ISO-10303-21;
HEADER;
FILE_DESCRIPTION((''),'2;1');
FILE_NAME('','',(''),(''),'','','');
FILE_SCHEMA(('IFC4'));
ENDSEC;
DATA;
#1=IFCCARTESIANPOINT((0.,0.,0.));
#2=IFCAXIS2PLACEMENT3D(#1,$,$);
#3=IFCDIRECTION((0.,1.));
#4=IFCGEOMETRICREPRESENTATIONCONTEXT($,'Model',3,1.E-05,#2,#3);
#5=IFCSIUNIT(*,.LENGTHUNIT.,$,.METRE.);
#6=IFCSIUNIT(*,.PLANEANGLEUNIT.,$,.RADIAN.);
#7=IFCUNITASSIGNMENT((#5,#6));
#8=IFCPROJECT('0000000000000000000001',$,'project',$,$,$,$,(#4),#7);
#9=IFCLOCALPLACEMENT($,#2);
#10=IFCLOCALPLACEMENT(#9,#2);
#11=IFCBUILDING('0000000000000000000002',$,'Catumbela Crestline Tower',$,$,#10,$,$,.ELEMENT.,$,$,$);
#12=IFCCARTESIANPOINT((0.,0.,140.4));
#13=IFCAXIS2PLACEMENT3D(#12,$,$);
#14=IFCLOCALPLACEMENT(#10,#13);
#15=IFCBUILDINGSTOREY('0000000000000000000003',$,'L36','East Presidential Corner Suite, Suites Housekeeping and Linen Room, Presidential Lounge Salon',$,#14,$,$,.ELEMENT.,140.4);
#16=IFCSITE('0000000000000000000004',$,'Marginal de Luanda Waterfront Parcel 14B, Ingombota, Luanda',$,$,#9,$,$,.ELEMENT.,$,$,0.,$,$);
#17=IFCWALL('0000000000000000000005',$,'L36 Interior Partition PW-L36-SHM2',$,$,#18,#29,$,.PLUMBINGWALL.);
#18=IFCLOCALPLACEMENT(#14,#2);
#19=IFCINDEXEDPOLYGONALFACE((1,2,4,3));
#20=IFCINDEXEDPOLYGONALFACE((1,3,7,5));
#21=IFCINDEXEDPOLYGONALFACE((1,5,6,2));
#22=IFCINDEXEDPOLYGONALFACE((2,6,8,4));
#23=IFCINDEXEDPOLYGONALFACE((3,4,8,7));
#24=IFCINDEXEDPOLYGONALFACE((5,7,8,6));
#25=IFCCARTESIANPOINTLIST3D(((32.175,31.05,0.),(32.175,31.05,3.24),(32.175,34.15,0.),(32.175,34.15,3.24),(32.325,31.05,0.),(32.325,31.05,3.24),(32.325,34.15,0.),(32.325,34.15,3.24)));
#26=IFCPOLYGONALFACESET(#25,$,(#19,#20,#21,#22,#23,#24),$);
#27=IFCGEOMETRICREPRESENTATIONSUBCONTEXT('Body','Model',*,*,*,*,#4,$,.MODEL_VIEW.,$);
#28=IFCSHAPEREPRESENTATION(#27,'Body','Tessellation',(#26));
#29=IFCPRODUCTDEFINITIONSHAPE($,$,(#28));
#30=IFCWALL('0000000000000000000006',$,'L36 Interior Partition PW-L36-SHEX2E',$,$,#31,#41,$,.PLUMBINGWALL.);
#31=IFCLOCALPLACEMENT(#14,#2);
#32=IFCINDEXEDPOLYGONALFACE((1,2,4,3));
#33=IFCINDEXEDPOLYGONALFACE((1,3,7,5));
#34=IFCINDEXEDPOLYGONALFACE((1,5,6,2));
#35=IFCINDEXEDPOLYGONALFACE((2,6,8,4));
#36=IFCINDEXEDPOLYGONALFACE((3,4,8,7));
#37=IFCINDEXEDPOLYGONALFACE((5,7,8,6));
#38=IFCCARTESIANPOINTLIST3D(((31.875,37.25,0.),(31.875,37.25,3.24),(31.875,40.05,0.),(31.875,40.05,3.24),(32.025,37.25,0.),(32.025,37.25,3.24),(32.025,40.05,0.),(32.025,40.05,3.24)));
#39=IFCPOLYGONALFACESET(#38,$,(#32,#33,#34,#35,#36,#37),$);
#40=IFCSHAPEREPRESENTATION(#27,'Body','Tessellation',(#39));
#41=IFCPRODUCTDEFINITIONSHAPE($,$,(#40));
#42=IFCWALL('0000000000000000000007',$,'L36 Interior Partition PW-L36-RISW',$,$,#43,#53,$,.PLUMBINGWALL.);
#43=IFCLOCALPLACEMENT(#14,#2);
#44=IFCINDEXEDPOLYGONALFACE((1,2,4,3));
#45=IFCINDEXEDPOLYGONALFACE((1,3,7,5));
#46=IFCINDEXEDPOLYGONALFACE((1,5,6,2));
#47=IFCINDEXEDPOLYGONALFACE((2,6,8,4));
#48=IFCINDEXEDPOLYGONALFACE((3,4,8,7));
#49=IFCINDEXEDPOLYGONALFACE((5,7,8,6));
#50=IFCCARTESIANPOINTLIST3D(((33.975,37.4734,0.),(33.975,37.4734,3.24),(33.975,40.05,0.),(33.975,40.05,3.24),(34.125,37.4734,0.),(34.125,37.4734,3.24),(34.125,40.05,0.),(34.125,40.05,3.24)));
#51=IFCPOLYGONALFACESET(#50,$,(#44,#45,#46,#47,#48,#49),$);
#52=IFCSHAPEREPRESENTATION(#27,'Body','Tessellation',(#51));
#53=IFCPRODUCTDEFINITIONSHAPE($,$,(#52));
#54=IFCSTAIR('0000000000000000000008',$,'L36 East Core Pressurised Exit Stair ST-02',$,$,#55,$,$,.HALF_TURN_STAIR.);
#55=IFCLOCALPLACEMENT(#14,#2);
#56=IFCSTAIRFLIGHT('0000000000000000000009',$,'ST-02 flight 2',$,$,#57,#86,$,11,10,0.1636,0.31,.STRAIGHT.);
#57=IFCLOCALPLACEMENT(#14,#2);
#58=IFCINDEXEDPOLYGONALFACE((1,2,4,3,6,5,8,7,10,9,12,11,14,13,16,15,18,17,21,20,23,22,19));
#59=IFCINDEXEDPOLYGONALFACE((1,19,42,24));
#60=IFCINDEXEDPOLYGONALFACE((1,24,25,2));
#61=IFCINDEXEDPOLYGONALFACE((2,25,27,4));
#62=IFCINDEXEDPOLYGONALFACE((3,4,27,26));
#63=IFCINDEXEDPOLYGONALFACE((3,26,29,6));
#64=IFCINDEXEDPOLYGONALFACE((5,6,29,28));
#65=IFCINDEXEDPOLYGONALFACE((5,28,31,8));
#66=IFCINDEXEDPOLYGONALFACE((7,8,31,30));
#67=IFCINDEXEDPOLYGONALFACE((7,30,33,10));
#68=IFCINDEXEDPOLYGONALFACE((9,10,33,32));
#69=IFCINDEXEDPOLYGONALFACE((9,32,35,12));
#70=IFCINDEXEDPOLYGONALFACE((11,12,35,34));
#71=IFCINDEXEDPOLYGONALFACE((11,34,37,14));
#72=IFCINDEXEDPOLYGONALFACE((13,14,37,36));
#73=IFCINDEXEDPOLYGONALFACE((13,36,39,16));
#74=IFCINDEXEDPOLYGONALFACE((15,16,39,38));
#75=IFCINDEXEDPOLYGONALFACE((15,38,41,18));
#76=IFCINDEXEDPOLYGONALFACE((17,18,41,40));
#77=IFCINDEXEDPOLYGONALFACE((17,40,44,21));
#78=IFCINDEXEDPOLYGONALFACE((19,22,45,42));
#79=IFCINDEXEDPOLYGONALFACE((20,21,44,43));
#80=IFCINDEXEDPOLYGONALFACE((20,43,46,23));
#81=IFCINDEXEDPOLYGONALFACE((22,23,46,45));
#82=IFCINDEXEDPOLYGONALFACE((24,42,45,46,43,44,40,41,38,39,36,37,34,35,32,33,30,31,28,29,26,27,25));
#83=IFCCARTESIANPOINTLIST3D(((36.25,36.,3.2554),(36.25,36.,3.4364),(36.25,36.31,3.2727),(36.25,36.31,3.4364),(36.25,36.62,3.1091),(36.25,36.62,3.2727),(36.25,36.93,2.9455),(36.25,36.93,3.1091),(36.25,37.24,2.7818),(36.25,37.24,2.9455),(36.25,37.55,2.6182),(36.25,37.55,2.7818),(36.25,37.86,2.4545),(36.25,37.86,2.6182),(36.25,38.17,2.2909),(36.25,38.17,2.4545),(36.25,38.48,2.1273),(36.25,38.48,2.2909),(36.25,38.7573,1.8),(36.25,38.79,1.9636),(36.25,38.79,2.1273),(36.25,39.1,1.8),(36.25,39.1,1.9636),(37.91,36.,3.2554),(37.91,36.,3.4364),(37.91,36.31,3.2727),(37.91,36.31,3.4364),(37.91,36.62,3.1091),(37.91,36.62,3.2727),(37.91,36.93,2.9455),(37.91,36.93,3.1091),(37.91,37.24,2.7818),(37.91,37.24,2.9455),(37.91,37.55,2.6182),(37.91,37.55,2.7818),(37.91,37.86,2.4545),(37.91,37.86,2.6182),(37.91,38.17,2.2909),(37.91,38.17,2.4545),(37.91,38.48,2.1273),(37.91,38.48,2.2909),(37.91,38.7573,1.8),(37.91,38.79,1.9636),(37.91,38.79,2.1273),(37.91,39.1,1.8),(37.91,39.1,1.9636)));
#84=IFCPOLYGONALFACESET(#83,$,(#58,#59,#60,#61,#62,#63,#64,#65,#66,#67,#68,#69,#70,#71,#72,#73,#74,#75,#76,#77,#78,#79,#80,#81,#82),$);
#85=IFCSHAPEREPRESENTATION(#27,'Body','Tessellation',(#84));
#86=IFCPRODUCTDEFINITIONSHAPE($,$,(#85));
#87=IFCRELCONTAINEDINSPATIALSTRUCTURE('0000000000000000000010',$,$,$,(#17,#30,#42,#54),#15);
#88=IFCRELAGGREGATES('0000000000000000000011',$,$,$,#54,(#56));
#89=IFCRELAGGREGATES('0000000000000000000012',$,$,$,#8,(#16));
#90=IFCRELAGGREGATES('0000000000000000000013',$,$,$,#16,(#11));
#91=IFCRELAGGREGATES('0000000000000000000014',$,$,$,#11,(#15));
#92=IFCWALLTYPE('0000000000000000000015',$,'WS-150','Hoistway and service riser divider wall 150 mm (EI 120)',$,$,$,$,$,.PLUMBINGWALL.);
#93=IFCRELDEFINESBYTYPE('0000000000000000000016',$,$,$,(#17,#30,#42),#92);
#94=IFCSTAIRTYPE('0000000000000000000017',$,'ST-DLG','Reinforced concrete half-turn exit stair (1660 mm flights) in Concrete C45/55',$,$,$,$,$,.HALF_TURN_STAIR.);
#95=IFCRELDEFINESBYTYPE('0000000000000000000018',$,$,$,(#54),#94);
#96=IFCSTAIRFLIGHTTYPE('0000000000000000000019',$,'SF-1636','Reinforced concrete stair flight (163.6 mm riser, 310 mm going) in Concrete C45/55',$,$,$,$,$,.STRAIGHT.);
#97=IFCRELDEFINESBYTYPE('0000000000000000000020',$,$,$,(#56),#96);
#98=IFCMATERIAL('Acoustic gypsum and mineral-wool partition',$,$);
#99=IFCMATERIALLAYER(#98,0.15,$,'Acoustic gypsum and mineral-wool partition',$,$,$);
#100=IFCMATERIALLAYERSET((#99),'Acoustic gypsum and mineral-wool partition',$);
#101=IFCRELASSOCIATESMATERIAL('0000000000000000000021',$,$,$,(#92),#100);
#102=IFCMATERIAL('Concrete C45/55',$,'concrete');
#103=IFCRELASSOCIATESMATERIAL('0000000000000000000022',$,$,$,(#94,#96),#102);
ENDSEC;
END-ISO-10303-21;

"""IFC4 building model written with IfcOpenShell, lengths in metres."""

from ifc_helpers import new_model, si_unit, direction, frame, frame_2d, origin, place, context, subcontext, project, spatial, polyline, rectangle, outline, extrude, material, layer, layer_set, type_object, element, aggregate, save


model = new_model("IFC4")

# Units and contexts
model_context = context("Model", 3, precision=1e-05, world=origin(), true_north=direction((0.0, 1.0)))
body_context = subcontext(model_context, "Body", "Model", "MODEL_VIEW")
ifc_project = project(units=[si_unit("LENGTHUNIT", "METRE"), si_unit("PLANEANGLEUNIT", "RADIAN")], contexts=[model_context])

# Site, building, storey
site_placement = place(None, origin())
site = spatial("IfcSite", under=ifc_project, at=site_placement, Name="Marginal de Luanda Waterfront Parcel 14B, Ingombota, Luanda", CompositionType="ELEMENT", RefElevation=0.0)
building_placement = place(site_placement, origin())
building = spatial("IfcBuilding", under=site, at=building_placement, Name="Catumbela Crestline Tower", CompositionType="ELEMENT")
storey_placement = place(building_placement, frame((0.0, 0.0, 140.4)))
storey = spatial("IfcBuildingStorey", under=building, at=storey_placement, Name="L36", Description="East Presidential Corner Suite, Suites Housekeeping and Linen Room, Presidential Lounge Salon", CompositionType="ELEMENT", Elevation=140.4)

# Shared definitions
ifc_material_1 = material(Name="Acoustic gypsum and mineral-wool partition")

# Walls
ifc_layer_1 = layer(ifc_material_1, 0.15, Name="Acoustic gypsum and mineral-wool partition")
ifc_layer_set_1 = layer_set([ifc_layer_1], Name="Acoustic gypsum and mineral-wool partition")
wall_type_1 = type_object("IfcWallType", Name="WS-150", Description="Hoistway and service riser divider wall 150 mm (EI 120)", PredefinedType="PLUMBINGWALL", material=ifc_layer_set_1)
wall_1_placement = place(storey_placement, frame((32.25, 31.05, 0.0), z_axis=(0.0, 0.0, 1.0), x_axis=(0.0, 1.0, 0.0)))
element("IfcWall", 1, at=wall_1_placement, inside=storey, type_object=wall_type_1, Name="L36 Interior Partition PW-L36-SHM2", PredefinedType="PLUMBINGWALL", context=body_context, shape_type="SweptSolid", body=[
    extrude(rectangle(XDim=3.1, YDim=0.15, at=frame_2d((1.55, 0.0))), origin(), (0.0, 0.0, 1.0), 3.24),
])
wall_2_placement = place(storey_placement, frame((31.95, 37.25, 0.0), z_axis=(0.0, 0.0, 1.0), x_axis=(0.0, 1.0, 0.0)))
element("IfcWall", 2, at=wall_2_placement, inside=storey, type_object=wall_type_1, Name="L36 Interior Partition PW-L36-SHEX2E", PredefinedType="PLUMBINGWALL", context=body_context, shape_type="SweptSolid", body=[
    extrude(rectangle(XDim=2.8, YDim=0.15, at=frame_2d((1.4, 0.0))), origin(), (0.0, 0.0, 1.0), 3.24),
])
wall_3_placement = place(storey_placement, frame((34.05, 37.4734, 0.0), z_axis=(0.0, 0.0, 1.0), x_axis=(0.0, 1.0, 0.0)))
element("IfcWall", 3, at=wall_3_placement, inside=storey, type_object=wall_type_1, Name="L36 Interior Partition PW-L36-RISW", PredefinedType="PLUMBINGWALL", context=body_context, shape_type="SweptSolid", body=[
    extrude(rectangle(XDim=2.5766, YDim=0.15, at=frame_2d((1.2883, 0.0))), origin(), (0.0, 0.0, 1.0), 3.24),
])

# Stair, stair flight
ifc_material_2 = material(Name="Concrete C45/55", Category="concrete")
stair_type = type_object("IfcStairType", Name="ST-DLG", Description="Reinforced concrete half-turn exit stair (1660 mm flights) in Concrete C45/55", PredefinedType="HALF_TURN_STAIR", material=ifc_material_2)
stair_placement = place(storey_placement, origin())
stair = element("IfcStair", 4, at=stair_placement, inside=storey, type_object=stair_type, Name="L36 East Core Pressurised Exit Stair ST-02", PredefinedType="HALF_TURN_STAIR")
stair_flight_type = type_object("IfcStairFlightType", Name="SF-1636", Description="Reinforced concrete stair flight (163.6 mm riser, 310 mm going) in Concrete C45/55", PredefinedType="STRAIGHT", material=ifc_material_2)
stair_flight_placement = place(storey_placement, frame((37.08, 39.1, 1.8), z_axis=(0.0, 0.0, 1.0), x_axis=(0.0, -1.0, 0.0)))
stair_flight = element("IfcStairFlight", 5, at=stair_flight_placement, type_object=stair_flight_type, Name="ST-02 flight 2", NumberOfRisers=11, NumberOfTreads=10, PredefinedType="STRAIGHT", RiserHeight=0.1636, TreadLength=0.31, context=body_context, shape_type="SweptSolid", body=[
    extrude(outline(polyline([(0.0, 0.0), (0.0, 0.1636), (0.31, 0.1636), (0.31, 0.3273), (0.62, 0.3273), (0.62, 0.4909), (0.93, 0.4909), (0.93, 0.6545), (1.24, 0.6545), (1.24, 0.8182), (1.55, 0.8182), (1.55, 0.9818), (1.86, 0.9818), (1.86, 1.1455), (2.17, 1.1455), (2.17, 1.3091), (2.48, 1.3091), (2.48, 1.4727), (2.79, 1.4727), (2.79, 1.6364), (3.1, 1.6364), (3.1, 1.8), (3.1, 1.4554), (0.3427, 0.0), (0.0, 0.0)])), frame((0.0, 0.83, 0.0), z_axis=(0.0, -1.0, 0.0), x_axis=(1.0, 0.0, 0.0)), (0.0, 0.0, 1.0), 1.66),
])
aggregate(stair, [stair_flight])

save(model, "model.ifc")
